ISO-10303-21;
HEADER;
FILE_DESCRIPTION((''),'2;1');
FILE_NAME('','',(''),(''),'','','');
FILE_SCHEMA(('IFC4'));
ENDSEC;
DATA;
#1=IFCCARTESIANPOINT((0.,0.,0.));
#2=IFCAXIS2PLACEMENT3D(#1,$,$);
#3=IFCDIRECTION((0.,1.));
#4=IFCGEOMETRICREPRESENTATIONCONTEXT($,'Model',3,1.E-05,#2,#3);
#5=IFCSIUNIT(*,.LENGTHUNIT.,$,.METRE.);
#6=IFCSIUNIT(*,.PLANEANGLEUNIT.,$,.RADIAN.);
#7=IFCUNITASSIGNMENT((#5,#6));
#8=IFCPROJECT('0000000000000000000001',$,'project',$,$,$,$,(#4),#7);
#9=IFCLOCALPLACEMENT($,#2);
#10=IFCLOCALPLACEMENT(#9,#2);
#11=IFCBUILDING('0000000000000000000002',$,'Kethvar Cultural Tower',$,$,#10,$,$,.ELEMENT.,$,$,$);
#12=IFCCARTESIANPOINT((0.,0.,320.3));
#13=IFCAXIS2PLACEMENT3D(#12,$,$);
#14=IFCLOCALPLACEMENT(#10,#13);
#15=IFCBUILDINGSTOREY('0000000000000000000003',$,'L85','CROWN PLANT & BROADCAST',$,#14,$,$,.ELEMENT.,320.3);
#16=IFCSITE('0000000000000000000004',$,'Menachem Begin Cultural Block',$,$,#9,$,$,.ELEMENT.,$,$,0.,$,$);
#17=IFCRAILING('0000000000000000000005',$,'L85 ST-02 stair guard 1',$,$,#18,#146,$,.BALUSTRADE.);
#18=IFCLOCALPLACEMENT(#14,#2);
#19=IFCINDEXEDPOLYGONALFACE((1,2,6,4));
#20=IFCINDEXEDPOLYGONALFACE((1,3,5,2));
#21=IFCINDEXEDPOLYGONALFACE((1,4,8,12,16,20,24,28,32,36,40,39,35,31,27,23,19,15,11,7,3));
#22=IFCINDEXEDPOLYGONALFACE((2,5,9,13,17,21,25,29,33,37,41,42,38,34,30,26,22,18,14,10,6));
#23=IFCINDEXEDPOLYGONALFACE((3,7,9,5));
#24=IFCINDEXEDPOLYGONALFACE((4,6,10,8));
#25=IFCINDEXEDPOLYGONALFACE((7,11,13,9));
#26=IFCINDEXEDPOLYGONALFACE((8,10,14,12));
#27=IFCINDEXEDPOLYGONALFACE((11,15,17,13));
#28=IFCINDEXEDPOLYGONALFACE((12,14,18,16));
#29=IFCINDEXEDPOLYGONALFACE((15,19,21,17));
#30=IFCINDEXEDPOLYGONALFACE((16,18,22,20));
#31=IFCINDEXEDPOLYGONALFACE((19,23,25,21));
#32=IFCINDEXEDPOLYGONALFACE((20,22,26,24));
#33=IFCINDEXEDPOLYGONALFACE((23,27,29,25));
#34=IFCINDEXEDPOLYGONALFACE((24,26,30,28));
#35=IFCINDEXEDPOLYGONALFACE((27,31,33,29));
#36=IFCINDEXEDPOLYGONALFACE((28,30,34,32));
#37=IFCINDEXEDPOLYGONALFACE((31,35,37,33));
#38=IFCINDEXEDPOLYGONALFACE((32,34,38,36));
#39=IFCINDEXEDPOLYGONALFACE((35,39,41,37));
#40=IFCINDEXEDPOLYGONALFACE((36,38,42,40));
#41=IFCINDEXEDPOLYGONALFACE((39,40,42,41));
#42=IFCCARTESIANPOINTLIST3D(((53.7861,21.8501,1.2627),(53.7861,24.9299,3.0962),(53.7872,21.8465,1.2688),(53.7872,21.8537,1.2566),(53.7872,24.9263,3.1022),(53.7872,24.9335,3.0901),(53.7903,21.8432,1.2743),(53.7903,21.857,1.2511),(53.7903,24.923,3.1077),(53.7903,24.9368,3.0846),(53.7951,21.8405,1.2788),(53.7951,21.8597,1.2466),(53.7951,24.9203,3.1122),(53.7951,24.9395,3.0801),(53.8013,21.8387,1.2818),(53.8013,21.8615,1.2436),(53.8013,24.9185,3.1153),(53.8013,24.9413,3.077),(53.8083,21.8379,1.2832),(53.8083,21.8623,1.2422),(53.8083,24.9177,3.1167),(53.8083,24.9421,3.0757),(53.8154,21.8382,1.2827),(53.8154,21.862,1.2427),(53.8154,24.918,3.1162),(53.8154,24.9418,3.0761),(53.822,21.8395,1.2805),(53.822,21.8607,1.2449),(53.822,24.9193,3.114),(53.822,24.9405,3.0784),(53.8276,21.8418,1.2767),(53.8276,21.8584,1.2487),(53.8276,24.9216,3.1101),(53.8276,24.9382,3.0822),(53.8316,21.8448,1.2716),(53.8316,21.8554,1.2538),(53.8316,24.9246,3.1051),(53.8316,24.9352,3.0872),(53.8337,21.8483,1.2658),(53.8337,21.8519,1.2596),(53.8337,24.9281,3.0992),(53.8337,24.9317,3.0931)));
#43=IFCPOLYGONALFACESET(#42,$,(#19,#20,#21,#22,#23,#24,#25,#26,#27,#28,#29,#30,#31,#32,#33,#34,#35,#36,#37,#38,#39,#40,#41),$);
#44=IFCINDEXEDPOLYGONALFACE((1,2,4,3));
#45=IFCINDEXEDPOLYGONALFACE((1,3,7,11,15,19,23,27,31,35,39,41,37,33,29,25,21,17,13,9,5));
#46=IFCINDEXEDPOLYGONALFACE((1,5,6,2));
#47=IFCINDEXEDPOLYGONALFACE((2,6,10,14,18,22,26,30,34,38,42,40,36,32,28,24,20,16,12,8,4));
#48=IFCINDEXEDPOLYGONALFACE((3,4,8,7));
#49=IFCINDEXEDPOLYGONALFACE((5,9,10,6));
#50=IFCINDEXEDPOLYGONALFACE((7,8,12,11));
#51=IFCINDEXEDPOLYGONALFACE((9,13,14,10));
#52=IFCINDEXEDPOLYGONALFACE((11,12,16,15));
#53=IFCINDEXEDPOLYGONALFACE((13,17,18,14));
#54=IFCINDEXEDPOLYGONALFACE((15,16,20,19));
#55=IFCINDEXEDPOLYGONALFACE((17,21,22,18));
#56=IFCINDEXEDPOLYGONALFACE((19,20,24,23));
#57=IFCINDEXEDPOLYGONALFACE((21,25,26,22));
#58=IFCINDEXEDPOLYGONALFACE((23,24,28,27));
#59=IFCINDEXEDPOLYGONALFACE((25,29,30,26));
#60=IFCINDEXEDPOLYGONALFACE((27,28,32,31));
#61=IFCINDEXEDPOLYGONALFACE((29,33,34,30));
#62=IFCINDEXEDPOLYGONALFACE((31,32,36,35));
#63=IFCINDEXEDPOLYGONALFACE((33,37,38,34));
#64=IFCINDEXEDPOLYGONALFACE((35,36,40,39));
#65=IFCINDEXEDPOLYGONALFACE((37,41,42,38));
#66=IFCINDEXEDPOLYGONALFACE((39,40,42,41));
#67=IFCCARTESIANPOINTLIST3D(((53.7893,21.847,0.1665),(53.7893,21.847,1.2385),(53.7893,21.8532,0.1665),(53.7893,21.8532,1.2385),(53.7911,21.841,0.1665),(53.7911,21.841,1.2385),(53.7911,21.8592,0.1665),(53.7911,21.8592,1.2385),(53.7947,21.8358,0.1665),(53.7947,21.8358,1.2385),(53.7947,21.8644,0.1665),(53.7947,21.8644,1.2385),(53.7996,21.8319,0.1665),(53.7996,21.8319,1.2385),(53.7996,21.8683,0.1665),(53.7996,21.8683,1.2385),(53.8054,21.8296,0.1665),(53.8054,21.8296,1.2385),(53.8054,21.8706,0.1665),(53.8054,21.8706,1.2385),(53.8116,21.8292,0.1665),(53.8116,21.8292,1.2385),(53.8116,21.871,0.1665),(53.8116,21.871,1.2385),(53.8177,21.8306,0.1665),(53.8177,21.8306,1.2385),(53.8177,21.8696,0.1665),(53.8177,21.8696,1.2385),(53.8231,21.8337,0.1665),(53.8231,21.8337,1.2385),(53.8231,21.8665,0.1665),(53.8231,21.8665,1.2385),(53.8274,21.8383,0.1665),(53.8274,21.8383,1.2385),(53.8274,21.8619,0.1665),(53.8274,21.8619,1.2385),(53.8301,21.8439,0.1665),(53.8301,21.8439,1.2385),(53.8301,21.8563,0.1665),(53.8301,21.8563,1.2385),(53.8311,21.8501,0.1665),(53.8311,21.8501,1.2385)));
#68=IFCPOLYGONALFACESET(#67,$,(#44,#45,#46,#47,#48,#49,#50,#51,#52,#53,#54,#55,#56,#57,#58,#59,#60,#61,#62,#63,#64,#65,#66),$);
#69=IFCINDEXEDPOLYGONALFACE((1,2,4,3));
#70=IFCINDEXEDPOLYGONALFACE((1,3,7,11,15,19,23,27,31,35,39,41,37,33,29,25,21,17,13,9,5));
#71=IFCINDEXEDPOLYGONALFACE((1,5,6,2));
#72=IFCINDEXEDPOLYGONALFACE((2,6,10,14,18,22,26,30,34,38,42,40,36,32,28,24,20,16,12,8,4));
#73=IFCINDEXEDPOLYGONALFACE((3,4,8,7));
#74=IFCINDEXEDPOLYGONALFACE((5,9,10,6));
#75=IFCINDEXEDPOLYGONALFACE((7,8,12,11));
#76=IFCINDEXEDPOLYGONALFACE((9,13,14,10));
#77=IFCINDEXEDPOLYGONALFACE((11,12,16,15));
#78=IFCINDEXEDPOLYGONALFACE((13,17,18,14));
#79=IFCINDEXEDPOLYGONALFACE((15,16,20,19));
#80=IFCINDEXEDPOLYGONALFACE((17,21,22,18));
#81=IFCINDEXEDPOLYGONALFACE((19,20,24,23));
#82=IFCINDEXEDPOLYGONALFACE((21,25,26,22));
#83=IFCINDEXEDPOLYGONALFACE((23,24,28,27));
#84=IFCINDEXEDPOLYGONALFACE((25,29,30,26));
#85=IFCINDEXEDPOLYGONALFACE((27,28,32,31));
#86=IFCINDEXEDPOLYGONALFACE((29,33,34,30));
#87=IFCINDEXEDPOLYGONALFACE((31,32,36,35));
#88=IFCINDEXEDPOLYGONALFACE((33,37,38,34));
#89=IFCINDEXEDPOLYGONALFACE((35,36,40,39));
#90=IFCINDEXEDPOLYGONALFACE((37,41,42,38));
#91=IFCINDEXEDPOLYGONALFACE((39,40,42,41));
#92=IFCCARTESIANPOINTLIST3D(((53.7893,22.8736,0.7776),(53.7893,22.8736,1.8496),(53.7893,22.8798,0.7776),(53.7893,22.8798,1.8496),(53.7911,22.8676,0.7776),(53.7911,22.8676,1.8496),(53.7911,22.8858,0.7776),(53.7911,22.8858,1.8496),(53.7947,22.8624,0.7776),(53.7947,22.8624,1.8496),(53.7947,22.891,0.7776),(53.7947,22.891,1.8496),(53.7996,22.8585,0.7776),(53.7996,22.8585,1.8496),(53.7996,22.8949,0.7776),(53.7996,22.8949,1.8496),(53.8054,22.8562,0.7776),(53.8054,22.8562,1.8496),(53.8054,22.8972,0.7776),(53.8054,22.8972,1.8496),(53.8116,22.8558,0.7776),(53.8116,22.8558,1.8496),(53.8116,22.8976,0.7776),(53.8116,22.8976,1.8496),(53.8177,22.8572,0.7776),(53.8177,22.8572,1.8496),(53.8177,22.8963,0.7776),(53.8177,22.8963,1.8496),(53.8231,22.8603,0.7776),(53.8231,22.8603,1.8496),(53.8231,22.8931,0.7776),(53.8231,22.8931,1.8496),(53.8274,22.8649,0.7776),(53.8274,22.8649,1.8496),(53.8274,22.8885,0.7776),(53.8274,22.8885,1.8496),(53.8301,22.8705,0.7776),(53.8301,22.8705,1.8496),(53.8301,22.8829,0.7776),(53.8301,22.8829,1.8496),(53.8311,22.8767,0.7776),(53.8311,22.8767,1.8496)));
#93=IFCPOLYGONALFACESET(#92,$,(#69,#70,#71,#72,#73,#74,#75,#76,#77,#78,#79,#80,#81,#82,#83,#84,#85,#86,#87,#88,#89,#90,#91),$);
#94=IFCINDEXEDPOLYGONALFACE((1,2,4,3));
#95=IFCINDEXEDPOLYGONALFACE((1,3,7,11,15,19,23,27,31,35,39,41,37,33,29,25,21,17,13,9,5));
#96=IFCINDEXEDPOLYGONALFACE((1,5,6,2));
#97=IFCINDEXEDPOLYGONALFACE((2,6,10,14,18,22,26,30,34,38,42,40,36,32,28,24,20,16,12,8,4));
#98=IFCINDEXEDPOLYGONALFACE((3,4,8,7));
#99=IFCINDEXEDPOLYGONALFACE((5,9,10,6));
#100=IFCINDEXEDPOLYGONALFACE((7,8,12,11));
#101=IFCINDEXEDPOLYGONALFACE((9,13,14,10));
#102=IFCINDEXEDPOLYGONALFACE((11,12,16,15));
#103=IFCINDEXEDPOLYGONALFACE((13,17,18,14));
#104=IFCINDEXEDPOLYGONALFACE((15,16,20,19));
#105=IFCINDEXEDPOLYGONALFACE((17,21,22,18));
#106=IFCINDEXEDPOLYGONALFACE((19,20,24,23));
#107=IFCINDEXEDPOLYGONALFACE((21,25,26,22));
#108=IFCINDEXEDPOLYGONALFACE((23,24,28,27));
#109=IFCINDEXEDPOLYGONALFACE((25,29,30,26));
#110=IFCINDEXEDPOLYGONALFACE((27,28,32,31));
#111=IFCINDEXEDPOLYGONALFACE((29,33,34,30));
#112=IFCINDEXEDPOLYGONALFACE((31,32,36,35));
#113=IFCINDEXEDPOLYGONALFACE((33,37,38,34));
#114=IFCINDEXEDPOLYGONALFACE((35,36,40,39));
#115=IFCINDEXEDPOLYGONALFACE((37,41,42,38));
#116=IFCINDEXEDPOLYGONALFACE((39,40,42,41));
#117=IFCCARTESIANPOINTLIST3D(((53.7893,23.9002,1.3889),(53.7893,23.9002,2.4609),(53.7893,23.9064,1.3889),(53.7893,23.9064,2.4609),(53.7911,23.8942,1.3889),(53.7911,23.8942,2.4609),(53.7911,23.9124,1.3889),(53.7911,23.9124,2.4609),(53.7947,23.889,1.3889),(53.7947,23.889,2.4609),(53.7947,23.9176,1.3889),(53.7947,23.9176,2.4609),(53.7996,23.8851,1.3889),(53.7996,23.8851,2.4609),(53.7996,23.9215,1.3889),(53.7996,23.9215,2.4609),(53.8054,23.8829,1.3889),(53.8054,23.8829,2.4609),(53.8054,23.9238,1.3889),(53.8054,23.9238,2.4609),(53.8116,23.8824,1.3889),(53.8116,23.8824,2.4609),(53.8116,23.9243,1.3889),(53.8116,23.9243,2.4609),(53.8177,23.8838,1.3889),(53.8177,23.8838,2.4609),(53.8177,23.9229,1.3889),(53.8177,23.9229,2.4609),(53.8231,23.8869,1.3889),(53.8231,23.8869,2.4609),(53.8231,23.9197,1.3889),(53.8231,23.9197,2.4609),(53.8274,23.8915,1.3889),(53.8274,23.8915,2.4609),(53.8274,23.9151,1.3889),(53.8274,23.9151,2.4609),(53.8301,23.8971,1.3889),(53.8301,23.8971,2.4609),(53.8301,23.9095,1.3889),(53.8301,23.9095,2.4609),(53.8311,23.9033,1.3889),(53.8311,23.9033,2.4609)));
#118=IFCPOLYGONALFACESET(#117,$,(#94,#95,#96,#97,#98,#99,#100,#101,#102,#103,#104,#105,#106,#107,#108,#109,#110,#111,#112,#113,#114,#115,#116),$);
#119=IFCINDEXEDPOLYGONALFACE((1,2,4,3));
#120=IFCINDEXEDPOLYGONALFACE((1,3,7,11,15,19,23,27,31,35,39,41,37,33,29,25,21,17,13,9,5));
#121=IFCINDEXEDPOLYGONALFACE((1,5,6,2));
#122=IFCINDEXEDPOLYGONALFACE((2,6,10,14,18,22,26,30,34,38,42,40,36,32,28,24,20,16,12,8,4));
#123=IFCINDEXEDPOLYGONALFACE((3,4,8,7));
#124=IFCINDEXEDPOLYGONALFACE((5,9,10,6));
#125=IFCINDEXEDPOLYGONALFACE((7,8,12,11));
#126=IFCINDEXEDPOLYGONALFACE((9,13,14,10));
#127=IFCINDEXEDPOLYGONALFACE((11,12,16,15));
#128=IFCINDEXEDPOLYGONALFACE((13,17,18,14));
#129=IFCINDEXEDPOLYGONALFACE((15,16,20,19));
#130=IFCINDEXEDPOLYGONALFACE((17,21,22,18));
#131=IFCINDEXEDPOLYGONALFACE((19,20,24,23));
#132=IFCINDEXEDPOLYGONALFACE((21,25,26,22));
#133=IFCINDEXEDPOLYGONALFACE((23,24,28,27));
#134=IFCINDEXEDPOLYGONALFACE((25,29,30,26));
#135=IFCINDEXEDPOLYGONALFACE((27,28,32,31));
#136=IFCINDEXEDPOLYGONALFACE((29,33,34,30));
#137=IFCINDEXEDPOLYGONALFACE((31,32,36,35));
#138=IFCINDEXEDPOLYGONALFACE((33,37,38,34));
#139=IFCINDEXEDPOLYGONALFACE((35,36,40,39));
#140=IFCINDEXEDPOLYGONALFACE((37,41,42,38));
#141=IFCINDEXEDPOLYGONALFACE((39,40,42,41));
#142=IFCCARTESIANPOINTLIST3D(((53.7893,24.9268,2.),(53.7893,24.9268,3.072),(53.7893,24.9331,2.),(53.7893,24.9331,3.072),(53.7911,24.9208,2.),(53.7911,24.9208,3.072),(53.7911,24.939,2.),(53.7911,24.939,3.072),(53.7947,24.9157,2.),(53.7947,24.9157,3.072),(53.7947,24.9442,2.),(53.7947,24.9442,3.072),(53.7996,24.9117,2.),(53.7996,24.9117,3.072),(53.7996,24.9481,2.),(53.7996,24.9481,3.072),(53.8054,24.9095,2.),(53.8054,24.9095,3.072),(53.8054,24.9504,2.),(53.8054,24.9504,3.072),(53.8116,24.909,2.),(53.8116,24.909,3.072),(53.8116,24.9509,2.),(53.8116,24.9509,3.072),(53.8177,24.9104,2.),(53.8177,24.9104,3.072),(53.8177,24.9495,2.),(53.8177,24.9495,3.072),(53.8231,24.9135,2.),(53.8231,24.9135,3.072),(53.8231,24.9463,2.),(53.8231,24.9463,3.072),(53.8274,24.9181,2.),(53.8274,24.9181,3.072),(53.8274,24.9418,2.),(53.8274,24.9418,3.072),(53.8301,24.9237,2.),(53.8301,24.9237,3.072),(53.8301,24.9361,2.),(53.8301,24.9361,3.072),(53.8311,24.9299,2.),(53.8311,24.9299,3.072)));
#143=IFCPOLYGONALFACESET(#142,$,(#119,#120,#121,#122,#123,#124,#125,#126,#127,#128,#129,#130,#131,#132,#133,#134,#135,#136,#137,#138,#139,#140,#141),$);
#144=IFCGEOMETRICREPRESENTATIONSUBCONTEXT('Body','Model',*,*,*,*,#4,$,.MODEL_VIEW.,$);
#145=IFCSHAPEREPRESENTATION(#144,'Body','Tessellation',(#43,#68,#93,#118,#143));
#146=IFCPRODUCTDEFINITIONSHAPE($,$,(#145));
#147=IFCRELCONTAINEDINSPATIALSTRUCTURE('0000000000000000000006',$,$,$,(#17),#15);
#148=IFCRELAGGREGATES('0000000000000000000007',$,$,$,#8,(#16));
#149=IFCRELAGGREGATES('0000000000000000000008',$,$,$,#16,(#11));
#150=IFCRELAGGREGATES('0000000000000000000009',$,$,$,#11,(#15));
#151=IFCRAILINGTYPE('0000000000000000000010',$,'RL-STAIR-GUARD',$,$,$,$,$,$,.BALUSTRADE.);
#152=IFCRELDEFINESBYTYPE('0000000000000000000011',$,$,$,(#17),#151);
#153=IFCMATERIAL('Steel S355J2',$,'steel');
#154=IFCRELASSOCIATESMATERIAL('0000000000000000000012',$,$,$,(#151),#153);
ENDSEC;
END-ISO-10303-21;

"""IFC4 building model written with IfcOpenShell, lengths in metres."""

from ifc_helpers import new_model, si_unit, direction, frame, origin, origin_2d, place, context, subcontext, project, spatial, circle, extrude, material, type_object, element, save


model = new_model("IFC4")

# Units and contexts
model_context = context("Model", 3, precision=1e-05, world=origin(), true_north=direction((0.0, 1.0)))
body_context = subcontext(model_context, "Body", "Model", "MODEL_VIEW")
ifc_project = project(units=[si_unit("LENGTHUNIT", "METRE"), si_unit("PLANEANGLEUNIT", "RADIAN")], contexts=[model_context])

# Site, building, storey
site_placement = place(None, origin())
site = spatial("IfcSite", under=ifc_project, at=site_placement, Name="Menachem Begin Cultural Block", CompositionType="ELEMENT", RefElevation=0.0)
building_placement = place(site_placement, origin())
building = spatial("IfcBuilding", under=site, at=building_placement, Name="Kethvar Cultural Tower", CompositionType="ELEMENT")
storey_placement = place(building_placement, frame((0.0, 0.0, 320.3)))
storey = spatial("IfcBuildingStorey", under=building, at=storey_placement, Name="L85", Description="CROWN PLANT & BROADCAST", CompositionType="ELEMENT", Elevation=320.3)

# Shared definitions
ifc_material_1 = material(Name="Steel S355J2", Category="steel")

# Railing
railing_type_1 = type_object("IfcRailingType", Name="RL-STAIR-GUARD", PredefinedType="BALUSTRADE", material=ifc_material_1)
railing_1_placement = place(storey_placement, frame((53.8101, 21.8501, 0.1665)))
element("IfcRailing", 1, at=railing_1_placement, inside=storey, type_object=railing_type_1, Name="L85 ST-02 stair guard 1", PredefinedType="BALUSTRADE", context=body_context, shape_type="SweptSolid", body=[
    extrude(circle(Radius=0.0239, at=origin_2d()), frame((0.0, 0.0, 1.0962), z_axis=(0.0, 0.859261, 0.511538), x_axis=(-1.0, 0.0, 0.0)), (0.0, 0.0, 1.0), 3.5842),
    extrude(circle(Radius=0.021, at=origin_2d()), origin(), (0.0, 0.0, 1.0), 1.072),
    extrude(circle(Radius=0.021, at=origin_2d()), frame((0.0, 1.0266, 0.6111)), (0.0, 0.0, 1.0), 1.072),
    extrude(circle(Radius=0.021, at=origin_2d()), frame((0.0, 2.0532, 1.2224)), (0.0, 0.0, 1.0), 1.072),
    extrude(circle(Radius=0.021, at=origin_2d()), frame((0.0, 3.0798, 1.8335)), (0.0, 0.0, 1.0), 1.072),
])

save(model, "model.ifc")
